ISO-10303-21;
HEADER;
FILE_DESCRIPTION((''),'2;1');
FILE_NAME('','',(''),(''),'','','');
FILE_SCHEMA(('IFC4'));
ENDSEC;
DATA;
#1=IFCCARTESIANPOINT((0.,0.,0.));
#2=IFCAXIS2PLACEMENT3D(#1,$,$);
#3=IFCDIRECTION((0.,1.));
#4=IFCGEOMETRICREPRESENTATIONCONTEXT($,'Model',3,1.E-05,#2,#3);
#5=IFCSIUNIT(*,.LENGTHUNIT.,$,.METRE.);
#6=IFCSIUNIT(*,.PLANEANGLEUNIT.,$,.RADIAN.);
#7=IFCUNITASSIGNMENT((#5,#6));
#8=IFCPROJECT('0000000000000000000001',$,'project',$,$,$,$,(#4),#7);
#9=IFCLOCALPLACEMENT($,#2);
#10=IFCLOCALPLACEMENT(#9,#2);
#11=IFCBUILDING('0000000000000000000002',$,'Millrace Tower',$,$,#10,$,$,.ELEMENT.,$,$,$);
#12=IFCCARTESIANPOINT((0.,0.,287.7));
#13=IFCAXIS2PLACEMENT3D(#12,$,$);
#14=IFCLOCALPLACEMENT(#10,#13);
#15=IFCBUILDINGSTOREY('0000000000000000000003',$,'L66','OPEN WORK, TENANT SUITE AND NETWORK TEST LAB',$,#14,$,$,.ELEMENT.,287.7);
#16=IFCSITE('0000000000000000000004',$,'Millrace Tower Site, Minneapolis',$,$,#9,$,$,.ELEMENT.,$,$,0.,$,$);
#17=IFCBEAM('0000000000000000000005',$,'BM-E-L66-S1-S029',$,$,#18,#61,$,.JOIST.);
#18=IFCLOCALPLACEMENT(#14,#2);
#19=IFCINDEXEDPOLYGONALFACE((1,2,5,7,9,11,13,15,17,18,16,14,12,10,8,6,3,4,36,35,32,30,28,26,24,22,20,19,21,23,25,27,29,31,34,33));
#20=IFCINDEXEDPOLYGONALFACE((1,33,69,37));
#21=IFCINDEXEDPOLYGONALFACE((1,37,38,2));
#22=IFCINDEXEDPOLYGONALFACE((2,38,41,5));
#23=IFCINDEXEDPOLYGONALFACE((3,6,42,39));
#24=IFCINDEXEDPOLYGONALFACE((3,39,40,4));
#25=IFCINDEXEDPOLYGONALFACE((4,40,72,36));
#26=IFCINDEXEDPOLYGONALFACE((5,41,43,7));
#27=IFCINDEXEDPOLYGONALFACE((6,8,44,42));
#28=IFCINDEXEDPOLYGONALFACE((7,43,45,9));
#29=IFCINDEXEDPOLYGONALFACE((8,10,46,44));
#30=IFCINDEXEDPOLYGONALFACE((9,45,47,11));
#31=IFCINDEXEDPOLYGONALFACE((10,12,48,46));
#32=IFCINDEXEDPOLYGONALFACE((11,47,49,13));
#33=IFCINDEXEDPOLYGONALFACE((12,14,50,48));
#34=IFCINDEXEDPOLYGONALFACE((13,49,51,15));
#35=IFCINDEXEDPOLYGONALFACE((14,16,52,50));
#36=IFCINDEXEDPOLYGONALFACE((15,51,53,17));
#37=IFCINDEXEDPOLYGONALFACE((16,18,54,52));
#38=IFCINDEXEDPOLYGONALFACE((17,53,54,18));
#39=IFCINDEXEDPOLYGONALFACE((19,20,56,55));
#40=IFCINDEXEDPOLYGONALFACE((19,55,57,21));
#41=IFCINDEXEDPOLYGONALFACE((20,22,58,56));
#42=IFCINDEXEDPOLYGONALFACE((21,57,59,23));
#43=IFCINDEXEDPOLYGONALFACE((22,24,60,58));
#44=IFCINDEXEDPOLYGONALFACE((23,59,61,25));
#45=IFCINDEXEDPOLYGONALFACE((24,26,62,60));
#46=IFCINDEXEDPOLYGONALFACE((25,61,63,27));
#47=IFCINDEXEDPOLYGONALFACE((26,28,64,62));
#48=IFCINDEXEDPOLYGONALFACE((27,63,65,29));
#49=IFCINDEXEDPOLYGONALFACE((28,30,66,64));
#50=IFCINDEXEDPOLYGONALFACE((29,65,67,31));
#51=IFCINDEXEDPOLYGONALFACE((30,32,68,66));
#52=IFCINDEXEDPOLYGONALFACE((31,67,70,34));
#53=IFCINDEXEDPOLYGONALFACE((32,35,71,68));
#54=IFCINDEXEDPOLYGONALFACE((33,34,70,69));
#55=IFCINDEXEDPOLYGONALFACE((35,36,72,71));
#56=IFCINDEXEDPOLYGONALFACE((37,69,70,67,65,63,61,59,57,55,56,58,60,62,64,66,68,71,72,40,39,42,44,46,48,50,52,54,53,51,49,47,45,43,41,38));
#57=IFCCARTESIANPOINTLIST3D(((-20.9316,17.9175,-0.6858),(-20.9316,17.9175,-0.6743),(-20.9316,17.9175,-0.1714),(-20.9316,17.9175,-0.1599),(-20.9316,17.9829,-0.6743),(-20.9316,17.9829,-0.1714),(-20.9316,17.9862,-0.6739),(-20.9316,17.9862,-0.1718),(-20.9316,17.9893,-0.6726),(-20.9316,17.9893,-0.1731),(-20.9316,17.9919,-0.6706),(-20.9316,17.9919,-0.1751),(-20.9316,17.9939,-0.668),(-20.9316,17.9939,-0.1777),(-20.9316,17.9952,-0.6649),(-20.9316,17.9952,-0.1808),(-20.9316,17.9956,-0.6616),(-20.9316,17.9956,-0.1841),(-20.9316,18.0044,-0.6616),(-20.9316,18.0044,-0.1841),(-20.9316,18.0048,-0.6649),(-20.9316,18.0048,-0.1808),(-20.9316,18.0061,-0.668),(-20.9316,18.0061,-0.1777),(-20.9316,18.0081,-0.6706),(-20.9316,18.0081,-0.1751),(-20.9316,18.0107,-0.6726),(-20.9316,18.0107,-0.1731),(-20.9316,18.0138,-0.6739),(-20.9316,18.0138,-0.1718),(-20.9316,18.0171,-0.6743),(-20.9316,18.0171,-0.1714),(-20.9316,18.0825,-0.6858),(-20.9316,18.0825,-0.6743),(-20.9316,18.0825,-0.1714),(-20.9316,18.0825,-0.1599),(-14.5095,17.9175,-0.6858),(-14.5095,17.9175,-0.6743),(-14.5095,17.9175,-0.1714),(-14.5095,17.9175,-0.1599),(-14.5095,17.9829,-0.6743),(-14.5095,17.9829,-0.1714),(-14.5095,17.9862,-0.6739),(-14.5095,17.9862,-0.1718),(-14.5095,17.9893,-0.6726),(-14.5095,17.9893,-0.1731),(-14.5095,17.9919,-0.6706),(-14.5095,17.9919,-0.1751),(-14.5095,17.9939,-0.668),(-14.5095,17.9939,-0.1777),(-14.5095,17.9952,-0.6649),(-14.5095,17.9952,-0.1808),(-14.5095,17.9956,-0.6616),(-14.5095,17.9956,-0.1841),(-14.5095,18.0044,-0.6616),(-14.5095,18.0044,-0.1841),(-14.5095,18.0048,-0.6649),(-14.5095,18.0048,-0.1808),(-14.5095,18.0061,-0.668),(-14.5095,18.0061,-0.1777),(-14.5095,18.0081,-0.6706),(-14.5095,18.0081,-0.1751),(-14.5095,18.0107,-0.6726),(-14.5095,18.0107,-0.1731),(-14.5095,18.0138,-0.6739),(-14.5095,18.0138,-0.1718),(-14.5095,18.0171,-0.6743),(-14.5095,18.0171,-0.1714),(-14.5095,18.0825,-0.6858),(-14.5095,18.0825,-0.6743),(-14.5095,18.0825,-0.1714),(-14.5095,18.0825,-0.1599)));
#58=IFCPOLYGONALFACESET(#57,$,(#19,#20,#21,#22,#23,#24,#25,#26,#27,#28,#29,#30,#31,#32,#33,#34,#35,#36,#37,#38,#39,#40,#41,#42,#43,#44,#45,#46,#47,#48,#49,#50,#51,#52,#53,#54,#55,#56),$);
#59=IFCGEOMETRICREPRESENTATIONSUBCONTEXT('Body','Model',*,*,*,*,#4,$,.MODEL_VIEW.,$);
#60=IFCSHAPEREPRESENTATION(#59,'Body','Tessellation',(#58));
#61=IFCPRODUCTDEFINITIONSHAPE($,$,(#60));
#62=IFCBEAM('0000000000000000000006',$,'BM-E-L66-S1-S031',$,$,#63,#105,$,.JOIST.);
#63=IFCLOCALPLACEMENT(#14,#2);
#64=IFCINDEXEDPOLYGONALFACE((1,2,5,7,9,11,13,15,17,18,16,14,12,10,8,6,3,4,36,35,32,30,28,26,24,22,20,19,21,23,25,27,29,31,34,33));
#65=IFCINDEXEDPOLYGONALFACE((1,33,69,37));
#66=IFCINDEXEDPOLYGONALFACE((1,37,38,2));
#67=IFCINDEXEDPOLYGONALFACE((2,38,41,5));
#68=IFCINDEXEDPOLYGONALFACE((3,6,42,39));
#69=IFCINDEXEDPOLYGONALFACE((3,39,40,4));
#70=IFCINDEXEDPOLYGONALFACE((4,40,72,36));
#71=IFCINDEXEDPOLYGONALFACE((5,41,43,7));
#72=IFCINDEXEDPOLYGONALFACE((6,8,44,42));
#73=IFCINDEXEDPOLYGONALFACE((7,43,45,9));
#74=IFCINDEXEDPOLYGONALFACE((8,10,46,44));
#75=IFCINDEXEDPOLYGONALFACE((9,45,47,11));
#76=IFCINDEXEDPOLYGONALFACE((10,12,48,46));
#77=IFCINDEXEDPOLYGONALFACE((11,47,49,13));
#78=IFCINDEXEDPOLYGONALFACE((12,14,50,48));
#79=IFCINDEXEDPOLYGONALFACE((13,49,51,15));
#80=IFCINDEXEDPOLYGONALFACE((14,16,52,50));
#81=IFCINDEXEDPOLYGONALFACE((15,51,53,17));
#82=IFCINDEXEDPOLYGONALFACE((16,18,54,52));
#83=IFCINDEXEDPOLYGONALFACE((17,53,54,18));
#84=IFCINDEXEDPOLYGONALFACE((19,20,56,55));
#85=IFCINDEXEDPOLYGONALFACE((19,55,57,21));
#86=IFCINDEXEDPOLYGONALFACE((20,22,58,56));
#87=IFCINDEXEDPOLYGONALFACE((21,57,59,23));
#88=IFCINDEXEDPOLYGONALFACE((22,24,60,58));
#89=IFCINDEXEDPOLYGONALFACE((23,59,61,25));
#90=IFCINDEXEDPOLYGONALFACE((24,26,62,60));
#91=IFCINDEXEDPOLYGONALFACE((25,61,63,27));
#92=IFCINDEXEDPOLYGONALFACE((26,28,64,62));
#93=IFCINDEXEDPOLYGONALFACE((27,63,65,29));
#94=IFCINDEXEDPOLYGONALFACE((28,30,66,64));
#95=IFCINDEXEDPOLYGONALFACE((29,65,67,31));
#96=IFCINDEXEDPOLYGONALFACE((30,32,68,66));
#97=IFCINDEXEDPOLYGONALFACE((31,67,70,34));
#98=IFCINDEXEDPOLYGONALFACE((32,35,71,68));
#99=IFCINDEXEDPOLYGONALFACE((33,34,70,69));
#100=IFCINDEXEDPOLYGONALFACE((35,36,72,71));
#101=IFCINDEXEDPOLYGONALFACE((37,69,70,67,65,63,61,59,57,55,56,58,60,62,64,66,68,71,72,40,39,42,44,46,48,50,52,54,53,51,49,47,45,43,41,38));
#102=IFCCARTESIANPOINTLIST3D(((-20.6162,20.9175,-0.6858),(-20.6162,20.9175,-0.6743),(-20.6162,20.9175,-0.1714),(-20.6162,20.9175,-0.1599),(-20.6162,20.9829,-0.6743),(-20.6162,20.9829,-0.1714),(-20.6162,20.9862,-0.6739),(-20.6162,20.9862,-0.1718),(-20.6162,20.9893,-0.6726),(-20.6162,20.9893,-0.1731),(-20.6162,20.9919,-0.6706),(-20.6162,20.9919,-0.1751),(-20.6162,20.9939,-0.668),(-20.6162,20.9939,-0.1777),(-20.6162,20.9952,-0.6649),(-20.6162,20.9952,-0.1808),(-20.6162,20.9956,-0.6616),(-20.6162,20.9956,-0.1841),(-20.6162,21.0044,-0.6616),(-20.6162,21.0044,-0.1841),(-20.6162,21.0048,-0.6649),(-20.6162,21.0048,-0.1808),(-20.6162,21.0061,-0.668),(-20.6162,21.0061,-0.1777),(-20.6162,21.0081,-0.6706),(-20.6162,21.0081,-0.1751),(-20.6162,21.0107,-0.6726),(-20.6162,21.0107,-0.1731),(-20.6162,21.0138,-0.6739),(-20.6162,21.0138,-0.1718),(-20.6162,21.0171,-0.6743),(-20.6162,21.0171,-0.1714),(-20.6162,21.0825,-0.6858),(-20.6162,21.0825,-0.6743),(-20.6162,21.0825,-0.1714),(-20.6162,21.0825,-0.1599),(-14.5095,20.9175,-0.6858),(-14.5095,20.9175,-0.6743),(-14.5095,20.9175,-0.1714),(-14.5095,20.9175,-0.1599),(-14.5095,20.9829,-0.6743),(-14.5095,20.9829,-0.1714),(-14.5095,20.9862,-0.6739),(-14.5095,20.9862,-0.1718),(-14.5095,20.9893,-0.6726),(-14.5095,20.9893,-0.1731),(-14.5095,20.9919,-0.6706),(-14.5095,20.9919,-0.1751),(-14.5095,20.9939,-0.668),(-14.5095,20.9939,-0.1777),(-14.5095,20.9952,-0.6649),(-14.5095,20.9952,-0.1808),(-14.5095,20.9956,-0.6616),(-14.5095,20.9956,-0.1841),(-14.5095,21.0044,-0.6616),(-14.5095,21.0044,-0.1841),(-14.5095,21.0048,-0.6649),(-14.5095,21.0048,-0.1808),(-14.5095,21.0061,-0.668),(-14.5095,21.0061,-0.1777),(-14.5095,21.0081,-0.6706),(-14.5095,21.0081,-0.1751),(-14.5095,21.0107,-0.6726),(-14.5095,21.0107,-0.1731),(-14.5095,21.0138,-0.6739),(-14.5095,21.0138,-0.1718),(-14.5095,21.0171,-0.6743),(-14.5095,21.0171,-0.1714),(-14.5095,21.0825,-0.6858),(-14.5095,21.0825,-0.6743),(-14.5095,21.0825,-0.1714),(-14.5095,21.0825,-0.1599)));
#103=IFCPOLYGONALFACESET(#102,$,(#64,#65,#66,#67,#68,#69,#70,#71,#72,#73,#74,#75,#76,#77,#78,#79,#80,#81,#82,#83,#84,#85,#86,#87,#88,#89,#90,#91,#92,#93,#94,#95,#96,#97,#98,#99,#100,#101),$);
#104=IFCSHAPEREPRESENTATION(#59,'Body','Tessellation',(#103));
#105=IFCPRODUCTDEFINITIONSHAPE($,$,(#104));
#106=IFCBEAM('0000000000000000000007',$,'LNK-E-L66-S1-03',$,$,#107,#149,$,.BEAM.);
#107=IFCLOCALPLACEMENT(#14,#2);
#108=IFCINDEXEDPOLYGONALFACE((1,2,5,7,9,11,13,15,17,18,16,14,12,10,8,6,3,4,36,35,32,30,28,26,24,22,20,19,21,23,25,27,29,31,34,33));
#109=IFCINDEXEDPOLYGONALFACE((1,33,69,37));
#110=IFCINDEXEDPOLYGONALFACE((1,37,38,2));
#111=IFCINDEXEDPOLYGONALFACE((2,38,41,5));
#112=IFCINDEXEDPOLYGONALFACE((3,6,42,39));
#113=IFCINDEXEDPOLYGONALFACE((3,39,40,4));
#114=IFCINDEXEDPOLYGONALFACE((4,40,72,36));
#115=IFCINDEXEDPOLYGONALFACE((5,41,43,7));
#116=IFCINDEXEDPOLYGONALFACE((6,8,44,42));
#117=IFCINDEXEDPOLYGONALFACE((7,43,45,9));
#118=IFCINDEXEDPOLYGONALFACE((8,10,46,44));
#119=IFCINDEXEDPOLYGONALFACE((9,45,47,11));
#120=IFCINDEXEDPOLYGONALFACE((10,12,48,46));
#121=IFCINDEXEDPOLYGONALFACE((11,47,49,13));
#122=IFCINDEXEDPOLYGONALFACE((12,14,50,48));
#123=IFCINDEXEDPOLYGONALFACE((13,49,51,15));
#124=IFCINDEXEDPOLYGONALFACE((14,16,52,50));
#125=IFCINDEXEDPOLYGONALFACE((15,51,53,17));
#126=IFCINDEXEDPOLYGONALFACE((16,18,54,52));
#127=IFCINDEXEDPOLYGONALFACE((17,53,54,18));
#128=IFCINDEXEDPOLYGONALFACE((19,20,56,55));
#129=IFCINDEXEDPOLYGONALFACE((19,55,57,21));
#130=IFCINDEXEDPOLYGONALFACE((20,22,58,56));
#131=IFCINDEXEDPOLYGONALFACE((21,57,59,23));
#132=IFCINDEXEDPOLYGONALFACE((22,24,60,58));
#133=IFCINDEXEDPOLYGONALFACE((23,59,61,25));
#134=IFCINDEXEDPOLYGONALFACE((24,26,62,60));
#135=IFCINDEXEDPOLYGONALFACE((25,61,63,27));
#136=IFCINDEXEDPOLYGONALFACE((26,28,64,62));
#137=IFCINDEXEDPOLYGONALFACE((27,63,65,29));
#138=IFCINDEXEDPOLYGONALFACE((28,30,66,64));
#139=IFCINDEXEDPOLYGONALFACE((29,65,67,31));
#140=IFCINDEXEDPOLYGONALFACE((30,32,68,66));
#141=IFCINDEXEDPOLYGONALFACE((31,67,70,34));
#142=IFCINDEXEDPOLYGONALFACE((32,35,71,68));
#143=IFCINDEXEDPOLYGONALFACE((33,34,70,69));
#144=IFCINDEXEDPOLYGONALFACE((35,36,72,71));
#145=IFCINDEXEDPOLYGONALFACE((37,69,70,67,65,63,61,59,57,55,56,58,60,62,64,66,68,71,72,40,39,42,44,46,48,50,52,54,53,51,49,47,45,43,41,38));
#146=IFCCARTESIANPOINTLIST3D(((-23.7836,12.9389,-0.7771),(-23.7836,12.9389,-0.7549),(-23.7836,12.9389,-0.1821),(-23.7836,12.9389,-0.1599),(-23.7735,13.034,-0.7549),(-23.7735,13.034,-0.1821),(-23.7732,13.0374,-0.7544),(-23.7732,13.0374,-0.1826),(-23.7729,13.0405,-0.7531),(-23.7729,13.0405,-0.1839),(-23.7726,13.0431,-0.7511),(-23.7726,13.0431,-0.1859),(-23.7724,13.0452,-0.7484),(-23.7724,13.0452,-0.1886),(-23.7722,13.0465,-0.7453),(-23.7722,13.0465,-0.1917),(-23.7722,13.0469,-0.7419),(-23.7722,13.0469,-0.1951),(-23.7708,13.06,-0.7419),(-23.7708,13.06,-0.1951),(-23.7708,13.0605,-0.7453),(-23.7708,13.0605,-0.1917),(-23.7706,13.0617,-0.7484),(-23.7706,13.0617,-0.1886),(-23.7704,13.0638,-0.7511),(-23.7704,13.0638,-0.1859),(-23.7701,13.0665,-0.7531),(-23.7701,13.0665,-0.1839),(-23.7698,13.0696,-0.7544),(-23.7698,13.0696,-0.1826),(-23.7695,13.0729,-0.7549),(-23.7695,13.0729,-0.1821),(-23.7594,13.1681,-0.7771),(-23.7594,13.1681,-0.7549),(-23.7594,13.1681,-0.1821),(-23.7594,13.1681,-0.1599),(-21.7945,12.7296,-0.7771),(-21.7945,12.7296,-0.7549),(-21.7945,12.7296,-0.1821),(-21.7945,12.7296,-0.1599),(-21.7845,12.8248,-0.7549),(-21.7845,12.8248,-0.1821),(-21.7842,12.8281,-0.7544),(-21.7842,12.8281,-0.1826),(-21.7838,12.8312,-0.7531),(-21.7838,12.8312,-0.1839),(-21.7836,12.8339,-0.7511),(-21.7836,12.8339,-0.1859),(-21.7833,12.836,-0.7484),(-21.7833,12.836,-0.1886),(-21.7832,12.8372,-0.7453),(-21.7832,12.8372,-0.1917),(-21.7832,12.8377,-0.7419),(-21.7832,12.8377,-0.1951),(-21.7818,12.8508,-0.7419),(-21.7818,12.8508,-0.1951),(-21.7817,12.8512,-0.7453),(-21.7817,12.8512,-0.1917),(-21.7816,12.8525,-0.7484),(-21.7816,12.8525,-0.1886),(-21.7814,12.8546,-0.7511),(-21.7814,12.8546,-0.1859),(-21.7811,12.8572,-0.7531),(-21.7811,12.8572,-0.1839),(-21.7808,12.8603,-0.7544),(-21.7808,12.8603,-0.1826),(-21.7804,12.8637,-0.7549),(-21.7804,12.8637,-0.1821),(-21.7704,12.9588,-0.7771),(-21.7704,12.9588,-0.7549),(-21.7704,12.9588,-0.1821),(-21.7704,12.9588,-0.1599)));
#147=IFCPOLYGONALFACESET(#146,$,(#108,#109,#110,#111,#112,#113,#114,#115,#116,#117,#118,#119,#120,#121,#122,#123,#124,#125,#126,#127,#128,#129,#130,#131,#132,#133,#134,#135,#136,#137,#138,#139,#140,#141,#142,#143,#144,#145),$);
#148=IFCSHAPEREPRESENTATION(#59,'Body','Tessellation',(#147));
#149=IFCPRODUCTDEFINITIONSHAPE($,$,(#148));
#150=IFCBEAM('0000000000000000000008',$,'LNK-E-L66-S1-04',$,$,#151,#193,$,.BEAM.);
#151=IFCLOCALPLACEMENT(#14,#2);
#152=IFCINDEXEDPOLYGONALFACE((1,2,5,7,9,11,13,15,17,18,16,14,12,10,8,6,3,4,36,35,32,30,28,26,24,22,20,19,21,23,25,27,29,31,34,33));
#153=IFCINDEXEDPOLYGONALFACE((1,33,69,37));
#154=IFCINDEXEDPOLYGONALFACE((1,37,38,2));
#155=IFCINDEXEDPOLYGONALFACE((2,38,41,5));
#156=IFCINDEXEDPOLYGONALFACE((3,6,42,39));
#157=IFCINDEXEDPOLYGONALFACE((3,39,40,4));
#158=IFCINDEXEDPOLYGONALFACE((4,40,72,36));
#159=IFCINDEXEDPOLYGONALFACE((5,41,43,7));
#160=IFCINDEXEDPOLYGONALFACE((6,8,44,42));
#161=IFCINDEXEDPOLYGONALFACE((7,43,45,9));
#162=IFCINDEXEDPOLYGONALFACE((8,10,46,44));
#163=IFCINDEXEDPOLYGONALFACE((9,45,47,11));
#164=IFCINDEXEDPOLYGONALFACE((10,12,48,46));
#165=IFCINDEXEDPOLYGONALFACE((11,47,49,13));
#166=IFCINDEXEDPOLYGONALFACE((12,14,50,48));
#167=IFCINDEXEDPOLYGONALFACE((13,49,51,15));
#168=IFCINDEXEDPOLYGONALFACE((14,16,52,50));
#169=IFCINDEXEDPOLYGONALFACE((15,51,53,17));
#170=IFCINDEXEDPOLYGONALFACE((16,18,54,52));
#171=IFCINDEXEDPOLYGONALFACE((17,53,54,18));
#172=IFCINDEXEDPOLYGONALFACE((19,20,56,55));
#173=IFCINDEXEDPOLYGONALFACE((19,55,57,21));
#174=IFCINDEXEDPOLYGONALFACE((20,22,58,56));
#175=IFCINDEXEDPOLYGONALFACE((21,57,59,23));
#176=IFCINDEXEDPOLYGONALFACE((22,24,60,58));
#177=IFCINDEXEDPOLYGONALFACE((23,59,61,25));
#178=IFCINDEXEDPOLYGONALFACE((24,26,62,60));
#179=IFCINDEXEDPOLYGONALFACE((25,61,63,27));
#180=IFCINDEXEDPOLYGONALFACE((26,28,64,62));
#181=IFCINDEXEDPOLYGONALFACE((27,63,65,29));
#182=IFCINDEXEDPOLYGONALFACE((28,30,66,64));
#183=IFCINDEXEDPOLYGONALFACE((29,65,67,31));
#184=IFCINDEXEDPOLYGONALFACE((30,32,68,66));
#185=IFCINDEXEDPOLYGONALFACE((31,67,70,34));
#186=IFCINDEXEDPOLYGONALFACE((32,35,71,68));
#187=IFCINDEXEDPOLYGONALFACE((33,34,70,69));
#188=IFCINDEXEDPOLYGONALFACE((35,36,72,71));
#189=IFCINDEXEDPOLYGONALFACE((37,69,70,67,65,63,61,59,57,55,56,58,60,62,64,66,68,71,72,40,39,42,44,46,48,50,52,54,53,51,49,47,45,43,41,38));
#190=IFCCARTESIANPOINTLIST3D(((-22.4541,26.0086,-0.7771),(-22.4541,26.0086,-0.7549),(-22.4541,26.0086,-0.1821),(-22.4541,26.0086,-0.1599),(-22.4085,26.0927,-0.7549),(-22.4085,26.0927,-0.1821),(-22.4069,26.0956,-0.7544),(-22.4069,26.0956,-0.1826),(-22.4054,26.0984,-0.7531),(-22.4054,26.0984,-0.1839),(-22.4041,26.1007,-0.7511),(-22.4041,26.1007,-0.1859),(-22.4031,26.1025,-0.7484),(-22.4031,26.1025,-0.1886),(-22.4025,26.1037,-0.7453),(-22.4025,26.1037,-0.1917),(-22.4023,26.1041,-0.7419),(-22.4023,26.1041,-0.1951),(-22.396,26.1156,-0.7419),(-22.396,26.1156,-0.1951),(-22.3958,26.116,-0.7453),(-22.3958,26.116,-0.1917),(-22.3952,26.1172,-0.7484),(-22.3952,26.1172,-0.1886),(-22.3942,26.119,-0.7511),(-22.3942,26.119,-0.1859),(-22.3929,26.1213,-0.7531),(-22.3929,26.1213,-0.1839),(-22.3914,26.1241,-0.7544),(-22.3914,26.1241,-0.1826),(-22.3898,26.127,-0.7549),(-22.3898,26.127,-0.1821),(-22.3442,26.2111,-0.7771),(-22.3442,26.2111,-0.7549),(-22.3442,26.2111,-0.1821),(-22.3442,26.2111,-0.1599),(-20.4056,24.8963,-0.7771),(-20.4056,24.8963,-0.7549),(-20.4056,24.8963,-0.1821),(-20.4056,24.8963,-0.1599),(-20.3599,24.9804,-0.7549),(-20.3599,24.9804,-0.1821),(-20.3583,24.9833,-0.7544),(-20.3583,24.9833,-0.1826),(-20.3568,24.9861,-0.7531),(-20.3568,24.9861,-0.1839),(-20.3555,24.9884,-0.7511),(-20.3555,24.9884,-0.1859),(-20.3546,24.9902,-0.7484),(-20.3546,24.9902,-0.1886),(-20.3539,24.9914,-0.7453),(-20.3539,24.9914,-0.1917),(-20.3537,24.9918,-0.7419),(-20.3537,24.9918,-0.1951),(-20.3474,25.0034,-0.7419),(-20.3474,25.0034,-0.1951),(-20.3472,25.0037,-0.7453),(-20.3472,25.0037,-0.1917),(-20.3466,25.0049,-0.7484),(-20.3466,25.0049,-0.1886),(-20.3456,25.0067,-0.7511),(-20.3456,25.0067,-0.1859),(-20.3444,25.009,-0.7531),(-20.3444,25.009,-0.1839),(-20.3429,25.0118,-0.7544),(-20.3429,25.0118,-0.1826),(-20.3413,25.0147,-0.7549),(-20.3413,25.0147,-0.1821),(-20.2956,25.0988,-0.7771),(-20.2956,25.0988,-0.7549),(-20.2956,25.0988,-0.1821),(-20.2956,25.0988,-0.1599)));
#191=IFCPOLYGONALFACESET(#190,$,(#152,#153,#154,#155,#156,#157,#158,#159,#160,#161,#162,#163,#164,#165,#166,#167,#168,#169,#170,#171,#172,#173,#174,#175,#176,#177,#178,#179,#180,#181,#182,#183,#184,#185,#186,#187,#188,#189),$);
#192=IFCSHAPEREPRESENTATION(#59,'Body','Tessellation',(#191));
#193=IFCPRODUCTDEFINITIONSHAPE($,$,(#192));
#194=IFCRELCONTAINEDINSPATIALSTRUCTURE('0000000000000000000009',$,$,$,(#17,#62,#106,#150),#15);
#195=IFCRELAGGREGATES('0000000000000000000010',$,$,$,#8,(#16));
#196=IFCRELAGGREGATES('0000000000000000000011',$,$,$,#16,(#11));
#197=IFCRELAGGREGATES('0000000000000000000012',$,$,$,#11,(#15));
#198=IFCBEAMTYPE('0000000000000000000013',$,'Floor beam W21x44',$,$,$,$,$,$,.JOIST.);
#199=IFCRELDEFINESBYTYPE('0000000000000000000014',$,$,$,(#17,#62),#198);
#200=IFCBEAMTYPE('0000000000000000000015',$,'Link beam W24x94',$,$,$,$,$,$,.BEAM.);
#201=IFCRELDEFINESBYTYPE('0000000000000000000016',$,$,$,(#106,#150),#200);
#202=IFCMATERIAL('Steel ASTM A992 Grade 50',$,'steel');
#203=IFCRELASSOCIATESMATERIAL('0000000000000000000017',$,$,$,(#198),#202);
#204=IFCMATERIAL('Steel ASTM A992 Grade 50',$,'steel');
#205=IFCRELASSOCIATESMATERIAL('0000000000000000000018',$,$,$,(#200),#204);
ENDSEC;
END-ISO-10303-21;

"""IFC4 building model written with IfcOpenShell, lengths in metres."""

from ifc_helpers import new_model, si_unit, direction, frame, origin, origin_2d, place, context, subcontext, project, spatial, i_section, extrude, material, material_profile, profile_set, type_object, element, save


model = new_model("IFC4")

# Units and contexts
model_context = context("Model", 3, precision=1e-05, world=origin(), true_north=direction((0.0, 1.0)))
body_context = subcontext(model_context, "Body", "Model", "MODEL_VIEW")
ifc_project = project(units=[si_unit("LENGTHUNIT", "METRE"), si_unit("PLANEANGLEUNIT", "RADIAN")], contexts=[model_context])

# Site, building, storey
site_placement = place(None, origin())
site = spatial("IfcSite", under=ifc_project, at=site_placement, Name="Millrace Tower Site, Minneapolis", CompositionType="ELEMENT", RefElevation=0.0)
building_placement = place(site_placement, origin())
building = spatial("IfcBuilding", under=site, at=building_placement, Name="Millrace Tower", CompositionType="ELEMENT")
storey_placement = place(building_placement, frame((0.0, 0.0, 287.7)))
storey = spatial("IfcBuildingStorey", under=building, at=storey_placement, Name="L66", Description="OPEN WORK, TENANT SUITE AND NETWORK TEST LAB", CompositionType="ELEMENT", Elevation=287.7)

# Beams
ifc_material_1 = material(Name="Steel ASTM A992 Grade 50", Category="steel")
ifc_material_profile_1 = material_profile(ifc_material_1, i_section(OverallWidth=0.165, OverallDepth=0.5259, WebThickness=0.0088, FlangeThickness=0.0115, FilletRadius=0.0127, at=origin_2d()))
ifc_profile_set_1 = profile_set([ifc_material_profile_1], Name="Steel ASTM A992 Grade 50")
beam_type_1 = type_object("IfcBeamType", Name="Floor beam W21x44", PredefinedType="JOIST", material=ifc_profile_set_1)
beam_1_placement = place(storey_placement, frame((-20.9316, 18.0, -0.4229), z_axis=(1.0, 0.0, 0.0), x_axis=(0.0, 1.0, 0.0)))
element("IfcBeam", 1, at=beam_1_placement, inside=storey, type_object=beam_type_1, Name="BM-E-L66-S1-S029", PredefinedType="JOIST", context=body_context, shape_type="SweptSolid", body=[
    extrude(i_section(OverallWidth=0.165, OverallDepth=0.5259, WebThickness=0.0088, FlangeThickness=0.0115, FilletRadius=0.0127, at=origin_2d()), origin(), (0.0, 0.0, 1.0), 6.4221),
])
beam_2_placement = place(storey_placement, frame((-20.6162, 21.0, -0.4229), z_axis=(1.0, 0.0, 0.0), x_axis=(0.0, 1.0, 0.0)))
element("IfcBeam", 2, at=beam_2_placement, inside=storey, type_object=beam_type_1, Name="BM-E-L66-S1-S031", PredefinedType="JOIST", context=body_context, shape_type="SweptSolid", body=[
    extrude(i_section(OverallWidth=0.165, OverallDepth=0.5259, WebThickness=0.0088, FlangeThickness=0.0115, FilletRadius=0.0127, at=origin_2d()), origin(), (0.0, 0.0, 1.0), 6.1067),
])
ifc_material_2 = material(Name="Steel ASTM A992 Grade 50", Category="steel")
ifc_material_profile_2 = material_profile(ifc_material_2, i_section(OverallWidth=0.2305, OverallDepth=0.6172, WebThickness=0.0132, FlangeThickness=0.0222, FilletRadius=0.0129, at=origin_2d()))
ifc_profile_set_2 = profile_set([ifc_material_profile_2], Name="Steel ASTM A992 Grade 50")
beam_type_2 = type_object("IfcBeamType", Name="Link beam W24x94", PredefinedType="BEAM", material=ifc_profile_set_2)
beam_3_placement = place(storey_placement, frame((-21.7825, 12.8442, -0.4685), z_axis=(-0.994513, 0.104615, 0.0), x_axis=(-0.104615, -0.994513, 0.0)))
element("IfcBeam", 3, at=beam_3_placement, inside=storey, type_object=beam_type_2, Name="LNK-E-L66-S1-03", PredefinedType="BEAM", context=body_context, shape_type="SweptSolid", body=[
    extrude(i_section(OverallWidth=0.2305, OverallDepth=0.6172, WebThickness=0.0132, FlangeThickness=0.0222, FilletRadius=0.0129, at=origin_2d()), origin(), (0.0, 0.0, 1.0), 2.0),
])
beam_4_placement = place(storey_placement, frame((-20.3506, 24.9976, -0.4685), z_axis=(-0.878815, 0.477164, 0.0), x_axis=(-0.477164, -0.878815, 0.0)))
element("IfcBeam", 4, at=beam_4_placement, inside=storey, type_object=beam_type_2, Name="LNK-E-L66-S1-04", PredefinedType="BEAM", context=body_context, shape_type="SweptSolid", body=[
    extrude(i_section(OverallWidth=0.2305, OverallDepth=0.6172, WebThickness=0.0132, FlangeThickness=0.0222, FilletRadius=0.0129, at=origin_2d()), origin(), (0.0, 0.0, 1.0), 2.3311),
])

save(model, "model.ifc")
